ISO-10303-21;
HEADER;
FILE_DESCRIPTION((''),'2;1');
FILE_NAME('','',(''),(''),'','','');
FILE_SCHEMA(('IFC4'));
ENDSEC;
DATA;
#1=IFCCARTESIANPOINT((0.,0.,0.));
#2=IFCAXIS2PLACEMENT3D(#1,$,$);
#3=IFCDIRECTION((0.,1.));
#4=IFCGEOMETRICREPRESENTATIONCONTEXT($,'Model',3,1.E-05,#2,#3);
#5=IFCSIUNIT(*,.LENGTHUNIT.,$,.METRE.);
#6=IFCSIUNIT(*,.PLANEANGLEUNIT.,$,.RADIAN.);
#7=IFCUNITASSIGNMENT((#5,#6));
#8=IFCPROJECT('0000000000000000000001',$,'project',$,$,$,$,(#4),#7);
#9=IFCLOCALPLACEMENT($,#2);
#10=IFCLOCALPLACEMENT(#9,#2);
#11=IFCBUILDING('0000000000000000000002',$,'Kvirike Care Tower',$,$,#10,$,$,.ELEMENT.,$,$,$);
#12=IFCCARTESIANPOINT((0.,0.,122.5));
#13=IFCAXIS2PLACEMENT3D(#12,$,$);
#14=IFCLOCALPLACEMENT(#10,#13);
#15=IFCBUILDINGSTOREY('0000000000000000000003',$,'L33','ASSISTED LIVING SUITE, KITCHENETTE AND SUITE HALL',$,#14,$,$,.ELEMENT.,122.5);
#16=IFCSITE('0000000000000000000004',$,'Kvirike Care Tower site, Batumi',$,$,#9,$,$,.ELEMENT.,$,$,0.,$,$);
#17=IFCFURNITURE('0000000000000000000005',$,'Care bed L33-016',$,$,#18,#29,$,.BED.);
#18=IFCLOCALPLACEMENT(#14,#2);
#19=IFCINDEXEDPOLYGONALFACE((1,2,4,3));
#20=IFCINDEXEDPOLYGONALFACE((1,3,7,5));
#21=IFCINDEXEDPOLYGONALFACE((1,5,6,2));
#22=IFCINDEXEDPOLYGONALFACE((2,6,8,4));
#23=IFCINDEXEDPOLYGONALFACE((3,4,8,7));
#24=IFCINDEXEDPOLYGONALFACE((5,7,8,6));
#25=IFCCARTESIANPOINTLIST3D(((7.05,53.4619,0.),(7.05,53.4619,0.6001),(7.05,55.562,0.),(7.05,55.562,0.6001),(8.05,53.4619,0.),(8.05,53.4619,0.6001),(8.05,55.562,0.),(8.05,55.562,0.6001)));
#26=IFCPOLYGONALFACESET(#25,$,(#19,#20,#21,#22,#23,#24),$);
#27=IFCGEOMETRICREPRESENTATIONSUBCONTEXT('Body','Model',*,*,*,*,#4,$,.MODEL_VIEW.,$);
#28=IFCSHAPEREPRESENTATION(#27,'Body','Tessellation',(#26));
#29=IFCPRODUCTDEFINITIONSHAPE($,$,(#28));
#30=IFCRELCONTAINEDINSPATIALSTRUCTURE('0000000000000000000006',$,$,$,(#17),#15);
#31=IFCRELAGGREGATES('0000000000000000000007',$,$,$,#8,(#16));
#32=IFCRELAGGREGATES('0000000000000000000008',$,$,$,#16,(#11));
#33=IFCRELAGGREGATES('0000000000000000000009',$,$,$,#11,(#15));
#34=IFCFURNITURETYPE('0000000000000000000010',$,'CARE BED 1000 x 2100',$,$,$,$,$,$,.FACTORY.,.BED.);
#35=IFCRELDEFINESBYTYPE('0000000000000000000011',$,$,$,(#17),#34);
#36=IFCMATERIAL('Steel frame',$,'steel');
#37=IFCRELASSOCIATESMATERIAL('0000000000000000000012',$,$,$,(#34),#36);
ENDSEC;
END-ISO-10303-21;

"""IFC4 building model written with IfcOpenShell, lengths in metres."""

from ifc_helpers import new_model, si_unit, direction, frame, origin, origin_2d, place, context, subcontext, project, spatial, rectangle, extrude, material, type_object, element, save


model = new_model("IFC4")

# Units and contexts
model_context = context("Model", 3, precision=1e-05, world=origin(), true_north=direction((0.0, 1.0)))
body_context = subcontext(model_context, "Body", "Model", "MODEL_VIEW")
ifc_project = project(units=[si_unit("LENGTHUNIT", "METRE"), si_unit("PLANEANGLEUNIT", "RADIAN")], contexts=[model_context])

# Site, building, storey
site_placement = place(None, origin())
site = spatial("IfcSite", under=ifc_project, at=site_placement, Name="Kvirike Care Tower site, Batumi", CompositionType="ELEMENT", RefElevation=0.0)
building_placement = place(site_placement, origin())
building = spatial("IfcBuilding", under=site, at=building_placement, Name="Kvirike Care Tower", CompositionType="ELEMENT")
storey_placement = place(building_placement, frame((0.0, 0.0, 122.5)))
storey = spatial("IfcBuildingStorey", under=building, at=storey_placement, Name="L33", Description="ASSISTED LIVING SUITE, KITCHENETTE AND SUITE HALL", CompositionType="ELEMENT", Elevation=122.5)

# Furniture
ifc_material_1 = material(Name="Steel frame", Category="steel")
furniture_type = type_object("IfcFurnitureType", Name="CARE BED 1000 x 2100", AssemblyPlace="FACTORY", PredefinedType="BED", material=ifc_material_1)
for number, where, z_axis, x_axis, name in (
    (1, (7.55, 54.512, 0.0), (0.0, 0.0, 1.0), (-1.0, 0.0, 0.0), "Care bed L33-016"),
):
    element("IfcFurniture", number, at=place(storey_placement, frame(where, z_axis=z_axis, x_axis=x_axis)), inside=storey, type_object=furniture_type, Name=name, PredefinedType="BED", context=body_context, shape_type="SweptSolid", body=[
        extrude(rectangle(XDim=1.0, YDim=2.1001, at=origin_2d()), origin(), (0.0, 0.0, 1.0), 0.6001),
    ])

save(model, "model.ifc")
